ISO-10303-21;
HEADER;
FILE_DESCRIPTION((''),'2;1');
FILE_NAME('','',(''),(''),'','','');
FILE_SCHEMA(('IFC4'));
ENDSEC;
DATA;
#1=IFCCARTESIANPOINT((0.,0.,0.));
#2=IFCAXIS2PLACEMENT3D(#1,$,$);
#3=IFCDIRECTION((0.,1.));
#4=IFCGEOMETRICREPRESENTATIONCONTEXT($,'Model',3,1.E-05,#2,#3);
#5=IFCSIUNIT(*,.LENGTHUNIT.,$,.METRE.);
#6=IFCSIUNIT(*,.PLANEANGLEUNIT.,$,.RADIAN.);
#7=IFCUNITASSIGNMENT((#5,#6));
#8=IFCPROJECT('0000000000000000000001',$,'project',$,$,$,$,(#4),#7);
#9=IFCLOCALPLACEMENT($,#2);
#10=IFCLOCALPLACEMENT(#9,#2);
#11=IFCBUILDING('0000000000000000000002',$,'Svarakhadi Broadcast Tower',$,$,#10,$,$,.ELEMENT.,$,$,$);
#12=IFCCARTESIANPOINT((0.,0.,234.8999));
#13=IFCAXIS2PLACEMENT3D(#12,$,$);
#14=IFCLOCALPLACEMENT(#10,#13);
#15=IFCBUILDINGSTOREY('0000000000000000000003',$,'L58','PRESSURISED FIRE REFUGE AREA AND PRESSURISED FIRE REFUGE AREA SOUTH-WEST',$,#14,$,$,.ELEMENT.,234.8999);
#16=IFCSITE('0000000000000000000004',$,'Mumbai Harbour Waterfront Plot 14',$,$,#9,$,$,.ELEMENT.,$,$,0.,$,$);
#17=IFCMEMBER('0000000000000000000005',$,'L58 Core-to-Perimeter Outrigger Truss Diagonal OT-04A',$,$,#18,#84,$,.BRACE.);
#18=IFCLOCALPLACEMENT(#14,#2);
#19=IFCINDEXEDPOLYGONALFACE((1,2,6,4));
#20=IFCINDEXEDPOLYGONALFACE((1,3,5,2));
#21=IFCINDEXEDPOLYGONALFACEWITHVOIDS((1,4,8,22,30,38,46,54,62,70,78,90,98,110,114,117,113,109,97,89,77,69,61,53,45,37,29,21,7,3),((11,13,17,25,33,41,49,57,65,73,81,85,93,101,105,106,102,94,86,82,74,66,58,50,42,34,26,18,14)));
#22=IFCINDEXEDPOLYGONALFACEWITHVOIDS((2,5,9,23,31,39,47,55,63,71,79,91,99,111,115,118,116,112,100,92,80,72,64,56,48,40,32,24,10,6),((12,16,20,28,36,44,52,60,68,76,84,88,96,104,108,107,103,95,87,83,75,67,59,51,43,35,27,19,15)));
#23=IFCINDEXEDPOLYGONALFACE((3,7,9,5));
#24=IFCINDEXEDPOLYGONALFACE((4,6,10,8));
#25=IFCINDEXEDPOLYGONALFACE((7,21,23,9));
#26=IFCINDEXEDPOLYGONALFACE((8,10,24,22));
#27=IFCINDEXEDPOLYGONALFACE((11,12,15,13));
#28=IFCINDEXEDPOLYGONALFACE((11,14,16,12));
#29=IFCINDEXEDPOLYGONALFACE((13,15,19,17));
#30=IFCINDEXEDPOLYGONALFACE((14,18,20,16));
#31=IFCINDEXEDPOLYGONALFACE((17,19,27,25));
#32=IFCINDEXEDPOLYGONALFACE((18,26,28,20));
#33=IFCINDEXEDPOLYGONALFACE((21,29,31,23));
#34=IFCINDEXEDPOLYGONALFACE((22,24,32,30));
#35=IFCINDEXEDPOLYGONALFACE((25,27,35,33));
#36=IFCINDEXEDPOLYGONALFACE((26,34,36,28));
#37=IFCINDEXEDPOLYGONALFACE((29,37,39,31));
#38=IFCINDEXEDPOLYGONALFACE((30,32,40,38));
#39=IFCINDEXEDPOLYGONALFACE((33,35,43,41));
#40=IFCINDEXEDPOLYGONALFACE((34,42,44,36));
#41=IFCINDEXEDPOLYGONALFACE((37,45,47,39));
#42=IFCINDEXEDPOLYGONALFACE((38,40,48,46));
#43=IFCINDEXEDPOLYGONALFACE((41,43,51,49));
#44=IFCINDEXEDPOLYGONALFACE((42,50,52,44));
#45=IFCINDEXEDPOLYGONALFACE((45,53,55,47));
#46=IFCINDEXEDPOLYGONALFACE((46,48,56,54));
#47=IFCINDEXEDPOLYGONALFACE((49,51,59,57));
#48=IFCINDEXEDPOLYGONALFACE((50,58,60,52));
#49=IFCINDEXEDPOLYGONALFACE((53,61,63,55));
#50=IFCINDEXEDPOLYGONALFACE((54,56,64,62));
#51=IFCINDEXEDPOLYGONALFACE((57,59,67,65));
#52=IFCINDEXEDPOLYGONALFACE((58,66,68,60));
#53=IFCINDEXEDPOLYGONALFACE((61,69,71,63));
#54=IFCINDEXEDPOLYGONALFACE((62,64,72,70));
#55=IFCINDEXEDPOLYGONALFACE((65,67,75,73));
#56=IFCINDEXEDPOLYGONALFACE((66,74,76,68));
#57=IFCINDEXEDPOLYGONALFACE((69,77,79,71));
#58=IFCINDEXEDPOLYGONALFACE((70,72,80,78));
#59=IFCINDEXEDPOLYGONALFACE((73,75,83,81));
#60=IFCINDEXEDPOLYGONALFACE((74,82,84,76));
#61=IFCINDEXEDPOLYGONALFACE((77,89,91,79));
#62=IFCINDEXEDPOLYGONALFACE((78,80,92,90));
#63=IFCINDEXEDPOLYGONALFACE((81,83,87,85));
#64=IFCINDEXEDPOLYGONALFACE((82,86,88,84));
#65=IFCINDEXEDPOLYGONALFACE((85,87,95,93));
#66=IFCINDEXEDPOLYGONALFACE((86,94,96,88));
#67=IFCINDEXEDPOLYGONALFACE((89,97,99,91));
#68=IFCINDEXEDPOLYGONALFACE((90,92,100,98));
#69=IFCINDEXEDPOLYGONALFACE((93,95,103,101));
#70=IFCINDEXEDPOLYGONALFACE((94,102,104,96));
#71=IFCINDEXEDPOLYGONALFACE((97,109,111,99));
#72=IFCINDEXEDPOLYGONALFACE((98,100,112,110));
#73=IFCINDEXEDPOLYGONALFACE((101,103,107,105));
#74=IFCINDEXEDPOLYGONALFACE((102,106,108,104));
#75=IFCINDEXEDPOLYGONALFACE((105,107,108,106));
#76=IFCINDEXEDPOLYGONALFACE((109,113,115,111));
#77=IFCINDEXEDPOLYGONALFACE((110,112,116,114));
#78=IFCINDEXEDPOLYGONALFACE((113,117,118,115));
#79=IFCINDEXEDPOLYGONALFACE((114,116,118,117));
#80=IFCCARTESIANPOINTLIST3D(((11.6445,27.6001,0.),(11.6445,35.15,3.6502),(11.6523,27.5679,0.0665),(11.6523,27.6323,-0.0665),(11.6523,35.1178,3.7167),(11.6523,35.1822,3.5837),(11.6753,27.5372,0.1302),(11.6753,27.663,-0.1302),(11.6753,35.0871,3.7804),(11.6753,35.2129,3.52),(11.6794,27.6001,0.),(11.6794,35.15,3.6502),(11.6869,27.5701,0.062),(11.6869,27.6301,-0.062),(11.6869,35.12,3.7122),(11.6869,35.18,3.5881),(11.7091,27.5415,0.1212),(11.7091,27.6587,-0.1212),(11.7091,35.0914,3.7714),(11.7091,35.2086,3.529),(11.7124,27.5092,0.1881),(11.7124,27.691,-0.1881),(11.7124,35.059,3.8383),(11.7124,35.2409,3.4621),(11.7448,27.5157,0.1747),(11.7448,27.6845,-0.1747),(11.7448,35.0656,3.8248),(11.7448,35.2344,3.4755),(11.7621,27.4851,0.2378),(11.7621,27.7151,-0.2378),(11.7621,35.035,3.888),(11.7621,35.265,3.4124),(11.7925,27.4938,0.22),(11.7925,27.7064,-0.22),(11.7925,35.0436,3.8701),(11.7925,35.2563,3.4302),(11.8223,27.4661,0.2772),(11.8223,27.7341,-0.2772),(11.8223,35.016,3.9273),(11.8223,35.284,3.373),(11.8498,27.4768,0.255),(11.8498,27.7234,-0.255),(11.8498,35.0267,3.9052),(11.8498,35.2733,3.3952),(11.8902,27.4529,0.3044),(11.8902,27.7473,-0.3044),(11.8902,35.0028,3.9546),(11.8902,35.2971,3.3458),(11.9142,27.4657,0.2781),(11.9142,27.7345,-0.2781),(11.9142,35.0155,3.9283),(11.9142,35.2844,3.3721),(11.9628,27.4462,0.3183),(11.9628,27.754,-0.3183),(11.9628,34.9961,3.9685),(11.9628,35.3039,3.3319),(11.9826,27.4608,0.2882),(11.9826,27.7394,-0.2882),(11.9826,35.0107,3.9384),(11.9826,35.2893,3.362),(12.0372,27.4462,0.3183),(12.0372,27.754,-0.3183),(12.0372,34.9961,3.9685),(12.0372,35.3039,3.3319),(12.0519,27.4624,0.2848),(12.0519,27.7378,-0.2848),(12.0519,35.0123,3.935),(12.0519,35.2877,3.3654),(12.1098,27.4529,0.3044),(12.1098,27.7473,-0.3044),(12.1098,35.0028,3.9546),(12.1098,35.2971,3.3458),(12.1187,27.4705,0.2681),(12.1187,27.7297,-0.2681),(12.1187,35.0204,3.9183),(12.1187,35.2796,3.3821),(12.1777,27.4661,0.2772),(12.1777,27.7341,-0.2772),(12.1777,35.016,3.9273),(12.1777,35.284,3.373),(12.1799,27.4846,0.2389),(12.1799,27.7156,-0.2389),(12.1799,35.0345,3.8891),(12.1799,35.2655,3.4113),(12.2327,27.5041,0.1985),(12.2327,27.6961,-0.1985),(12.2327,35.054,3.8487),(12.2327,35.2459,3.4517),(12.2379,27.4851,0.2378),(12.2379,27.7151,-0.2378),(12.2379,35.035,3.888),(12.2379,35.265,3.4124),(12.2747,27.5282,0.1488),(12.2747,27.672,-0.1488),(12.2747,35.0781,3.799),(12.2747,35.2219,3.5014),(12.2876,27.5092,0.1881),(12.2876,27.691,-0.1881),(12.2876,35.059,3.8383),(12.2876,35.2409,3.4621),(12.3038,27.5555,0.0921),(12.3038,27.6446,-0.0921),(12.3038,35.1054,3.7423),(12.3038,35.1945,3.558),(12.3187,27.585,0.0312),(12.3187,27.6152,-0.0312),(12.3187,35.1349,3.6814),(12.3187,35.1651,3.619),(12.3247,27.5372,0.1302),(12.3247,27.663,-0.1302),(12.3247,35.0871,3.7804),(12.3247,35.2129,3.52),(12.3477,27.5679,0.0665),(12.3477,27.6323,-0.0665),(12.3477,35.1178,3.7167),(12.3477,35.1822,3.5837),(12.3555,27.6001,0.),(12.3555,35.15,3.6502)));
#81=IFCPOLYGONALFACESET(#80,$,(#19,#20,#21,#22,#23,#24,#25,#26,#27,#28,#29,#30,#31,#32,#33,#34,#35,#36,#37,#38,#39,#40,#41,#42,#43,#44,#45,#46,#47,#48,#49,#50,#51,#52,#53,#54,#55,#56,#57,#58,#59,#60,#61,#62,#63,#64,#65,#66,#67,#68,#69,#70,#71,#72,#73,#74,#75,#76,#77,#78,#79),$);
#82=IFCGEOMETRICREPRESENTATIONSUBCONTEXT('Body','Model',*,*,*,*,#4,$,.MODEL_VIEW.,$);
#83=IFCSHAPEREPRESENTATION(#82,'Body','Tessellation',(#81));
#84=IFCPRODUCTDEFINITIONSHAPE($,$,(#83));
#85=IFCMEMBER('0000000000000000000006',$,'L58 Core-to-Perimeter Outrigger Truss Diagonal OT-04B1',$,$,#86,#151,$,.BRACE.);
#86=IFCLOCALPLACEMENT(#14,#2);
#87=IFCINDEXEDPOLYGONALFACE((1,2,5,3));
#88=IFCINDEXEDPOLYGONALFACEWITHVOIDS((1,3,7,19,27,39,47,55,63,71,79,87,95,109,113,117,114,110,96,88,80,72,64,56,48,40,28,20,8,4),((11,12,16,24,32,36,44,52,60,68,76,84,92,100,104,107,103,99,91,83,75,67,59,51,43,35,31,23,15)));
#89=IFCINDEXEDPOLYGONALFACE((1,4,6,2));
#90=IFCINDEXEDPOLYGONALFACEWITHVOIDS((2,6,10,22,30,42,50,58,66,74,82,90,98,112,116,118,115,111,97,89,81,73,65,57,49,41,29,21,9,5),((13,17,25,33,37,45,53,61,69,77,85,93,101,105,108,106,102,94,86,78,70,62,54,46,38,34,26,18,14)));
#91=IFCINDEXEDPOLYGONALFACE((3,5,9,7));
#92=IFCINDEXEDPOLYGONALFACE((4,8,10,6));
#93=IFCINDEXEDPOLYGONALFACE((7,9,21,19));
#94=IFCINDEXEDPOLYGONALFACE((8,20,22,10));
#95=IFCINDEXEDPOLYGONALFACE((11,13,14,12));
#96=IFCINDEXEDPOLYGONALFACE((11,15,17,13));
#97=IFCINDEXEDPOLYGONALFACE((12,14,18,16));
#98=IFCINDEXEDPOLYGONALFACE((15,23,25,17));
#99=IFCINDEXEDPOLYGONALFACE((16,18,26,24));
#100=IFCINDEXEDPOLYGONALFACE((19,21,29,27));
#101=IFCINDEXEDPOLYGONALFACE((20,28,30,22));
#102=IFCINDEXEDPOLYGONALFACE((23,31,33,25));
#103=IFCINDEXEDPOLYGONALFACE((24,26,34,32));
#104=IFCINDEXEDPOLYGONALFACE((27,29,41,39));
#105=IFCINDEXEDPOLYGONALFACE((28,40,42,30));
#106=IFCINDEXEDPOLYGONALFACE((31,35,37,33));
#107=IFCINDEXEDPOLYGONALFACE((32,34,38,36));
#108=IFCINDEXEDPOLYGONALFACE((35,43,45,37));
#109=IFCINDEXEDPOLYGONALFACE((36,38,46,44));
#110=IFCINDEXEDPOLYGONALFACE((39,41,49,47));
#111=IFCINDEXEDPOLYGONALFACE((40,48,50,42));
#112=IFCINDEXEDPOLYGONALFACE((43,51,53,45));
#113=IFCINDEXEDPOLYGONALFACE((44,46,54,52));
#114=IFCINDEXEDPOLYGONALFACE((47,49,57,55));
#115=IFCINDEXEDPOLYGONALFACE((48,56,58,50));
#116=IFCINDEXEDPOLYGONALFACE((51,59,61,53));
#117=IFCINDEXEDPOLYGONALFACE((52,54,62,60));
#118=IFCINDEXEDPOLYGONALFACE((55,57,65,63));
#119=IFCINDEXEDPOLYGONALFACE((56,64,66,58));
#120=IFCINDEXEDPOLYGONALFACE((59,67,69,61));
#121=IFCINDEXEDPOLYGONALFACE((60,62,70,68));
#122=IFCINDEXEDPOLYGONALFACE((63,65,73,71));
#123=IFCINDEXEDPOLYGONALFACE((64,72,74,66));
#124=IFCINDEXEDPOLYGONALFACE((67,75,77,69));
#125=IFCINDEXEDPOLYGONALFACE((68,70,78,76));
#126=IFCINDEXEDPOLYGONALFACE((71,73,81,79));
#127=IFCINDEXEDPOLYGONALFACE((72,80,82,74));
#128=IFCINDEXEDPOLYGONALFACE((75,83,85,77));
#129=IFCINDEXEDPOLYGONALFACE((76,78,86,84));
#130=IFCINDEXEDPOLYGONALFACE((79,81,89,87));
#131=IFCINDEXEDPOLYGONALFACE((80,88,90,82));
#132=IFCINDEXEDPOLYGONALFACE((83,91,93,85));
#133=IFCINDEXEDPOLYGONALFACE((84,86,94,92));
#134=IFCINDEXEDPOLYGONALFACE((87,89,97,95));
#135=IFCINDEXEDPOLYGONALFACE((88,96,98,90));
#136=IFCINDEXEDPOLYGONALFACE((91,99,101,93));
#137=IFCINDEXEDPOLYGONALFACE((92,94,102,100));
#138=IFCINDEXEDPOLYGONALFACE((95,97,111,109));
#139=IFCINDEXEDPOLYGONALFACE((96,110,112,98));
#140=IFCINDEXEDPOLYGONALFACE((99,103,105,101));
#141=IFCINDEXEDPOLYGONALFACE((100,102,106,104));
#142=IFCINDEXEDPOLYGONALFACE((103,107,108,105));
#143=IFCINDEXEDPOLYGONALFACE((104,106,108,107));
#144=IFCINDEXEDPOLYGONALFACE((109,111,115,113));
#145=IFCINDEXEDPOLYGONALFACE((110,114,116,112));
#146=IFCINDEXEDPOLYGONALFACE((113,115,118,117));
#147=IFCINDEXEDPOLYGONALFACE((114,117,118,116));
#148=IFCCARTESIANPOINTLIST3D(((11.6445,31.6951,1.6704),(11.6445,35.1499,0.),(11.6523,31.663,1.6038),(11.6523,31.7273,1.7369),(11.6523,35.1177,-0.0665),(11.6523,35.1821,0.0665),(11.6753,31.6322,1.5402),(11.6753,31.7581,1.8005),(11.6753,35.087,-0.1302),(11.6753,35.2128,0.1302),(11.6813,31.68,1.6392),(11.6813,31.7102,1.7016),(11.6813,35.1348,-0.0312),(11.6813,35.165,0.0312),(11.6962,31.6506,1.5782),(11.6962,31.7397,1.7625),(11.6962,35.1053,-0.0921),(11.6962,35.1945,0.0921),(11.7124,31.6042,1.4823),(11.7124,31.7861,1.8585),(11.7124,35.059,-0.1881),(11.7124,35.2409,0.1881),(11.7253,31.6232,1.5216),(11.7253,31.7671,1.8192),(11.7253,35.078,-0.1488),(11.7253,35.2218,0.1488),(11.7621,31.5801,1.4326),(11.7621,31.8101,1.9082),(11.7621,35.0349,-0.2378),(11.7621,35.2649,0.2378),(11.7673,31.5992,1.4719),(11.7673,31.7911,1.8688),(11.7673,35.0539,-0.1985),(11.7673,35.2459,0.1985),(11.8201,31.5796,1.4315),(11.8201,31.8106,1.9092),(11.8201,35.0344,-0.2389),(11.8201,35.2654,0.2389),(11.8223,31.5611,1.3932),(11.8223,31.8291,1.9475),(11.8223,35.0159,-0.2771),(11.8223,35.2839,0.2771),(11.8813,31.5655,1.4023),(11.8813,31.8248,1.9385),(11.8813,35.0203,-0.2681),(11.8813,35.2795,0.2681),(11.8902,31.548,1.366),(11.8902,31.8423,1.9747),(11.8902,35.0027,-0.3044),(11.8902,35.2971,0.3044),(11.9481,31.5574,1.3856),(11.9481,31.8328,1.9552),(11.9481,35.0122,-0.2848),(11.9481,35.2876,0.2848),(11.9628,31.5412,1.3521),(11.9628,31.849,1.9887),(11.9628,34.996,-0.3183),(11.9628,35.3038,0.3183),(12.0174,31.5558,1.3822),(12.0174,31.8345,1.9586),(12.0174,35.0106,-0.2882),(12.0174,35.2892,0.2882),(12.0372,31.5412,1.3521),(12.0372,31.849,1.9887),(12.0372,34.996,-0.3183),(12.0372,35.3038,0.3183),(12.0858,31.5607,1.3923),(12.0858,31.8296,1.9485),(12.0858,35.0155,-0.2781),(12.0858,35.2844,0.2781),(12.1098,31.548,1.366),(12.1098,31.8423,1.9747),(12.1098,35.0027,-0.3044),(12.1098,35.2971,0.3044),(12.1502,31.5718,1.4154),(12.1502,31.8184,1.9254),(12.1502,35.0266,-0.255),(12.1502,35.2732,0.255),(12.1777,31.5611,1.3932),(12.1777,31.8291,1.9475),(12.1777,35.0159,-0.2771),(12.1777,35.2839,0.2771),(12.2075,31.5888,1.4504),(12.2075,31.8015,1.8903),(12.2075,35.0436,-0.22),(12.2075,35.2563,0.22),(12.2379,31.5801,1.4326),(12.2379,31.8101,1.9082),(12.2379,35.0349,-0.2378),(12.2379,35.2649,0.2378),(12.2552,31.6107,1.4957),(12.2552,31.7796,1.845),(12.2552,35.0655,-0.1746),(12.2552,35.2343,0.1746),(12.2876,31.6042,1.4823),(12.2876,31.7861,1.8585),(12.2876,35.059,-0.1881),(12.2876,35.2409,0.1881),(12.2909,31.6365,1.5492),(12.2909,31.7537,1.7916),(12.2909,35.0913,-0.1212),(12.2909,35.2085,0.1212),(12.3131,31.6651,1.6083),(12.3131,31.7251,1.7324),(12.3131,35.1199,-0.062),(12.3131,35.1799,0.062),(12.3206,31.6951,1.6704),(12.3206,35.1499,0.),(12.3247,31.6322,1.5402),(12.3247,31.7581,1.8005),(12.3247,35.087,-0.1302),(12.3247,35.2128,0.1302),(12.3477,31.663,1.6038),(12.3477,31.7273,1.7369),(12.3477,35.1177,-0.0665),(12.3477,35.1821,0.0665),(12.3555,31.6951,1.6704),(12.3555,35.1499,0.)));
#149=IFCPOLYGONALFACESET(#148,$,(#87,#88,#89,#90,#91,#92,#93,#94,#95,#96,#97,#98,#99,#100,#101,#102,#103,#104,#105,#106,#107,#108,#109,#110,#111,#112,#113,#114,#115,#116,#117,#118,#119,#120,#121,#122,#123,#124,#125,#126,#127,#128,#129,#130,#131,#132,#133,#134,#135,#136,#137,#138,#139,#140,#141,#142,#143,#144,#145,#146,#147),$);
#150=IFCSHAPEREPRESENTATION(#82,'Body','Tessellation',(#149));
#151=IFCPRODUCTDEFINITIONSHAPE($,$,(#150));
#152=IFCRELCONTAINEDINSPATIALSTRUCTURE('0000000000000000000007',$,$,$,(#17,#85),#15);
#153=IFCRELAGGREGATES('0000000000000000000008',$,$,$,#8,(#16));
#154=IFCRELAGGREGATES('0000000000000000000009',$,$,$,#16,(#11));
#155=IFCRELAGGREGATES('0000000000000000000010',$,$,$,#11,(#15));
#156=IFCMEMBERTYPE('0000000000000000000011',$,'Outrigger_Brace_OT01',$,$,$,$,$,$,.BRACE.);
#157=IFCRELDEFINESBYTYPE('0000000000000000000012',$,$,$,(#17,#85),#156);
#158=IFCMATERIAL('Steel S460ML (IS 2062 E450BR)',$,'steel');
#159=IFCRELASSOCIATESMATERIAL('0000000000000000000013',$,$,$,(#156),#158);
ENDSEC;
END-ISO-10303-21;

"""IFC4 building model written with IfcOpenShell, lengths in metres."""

from ifc_helpers import new_model, si_unit, direction, frame, origin, origin_2d, place, context, subcontext, project, spatial, hollow_circle, extrude, material, material_profile, profile_set, type_object, element, save


model = new_model("IFC4")

# Units and contexts
model_context = context("Model", 3, precision=1e-05, world=origin(), true_north=direction((0.0, 1.0)))
body_context = subcontext(model_context, "Body", "Model", "MODEL_VIEW")
ifc_project = project(units=[si_unit("LENGTHUNIT", "METRE"), si_unit("PLANEANGLEUNIT", "RADIAN")], contexts=[model_context])

# Site, building, storey
site_placement = place(None, origin())
site = spatial("IfcSite", under=ifc_project, at=site_placement, Name="Mumbai Harbour Waterfront Plot 14", CompositionType="ELEMENT", RefElevation=0.0)
building_placement = place(site_placement, origin())
building = spatial("IfcBuilding", under=site, at=building_placement, Name="Svarakhadi Broadcast Tower", CompositionType="ELEMENT")
storey_placement = place(building_placement, frame((0.0, 0.0, 234.8999)))
storey = spatial("IfcBuildingStorey", under=building, at=storey_placement, Name="L58", Description="PRESSURISED FIRE REFUGE AREA AND PRESSURISED FIRE REFUGE AREA SOUTH-WEST", CompositionType="ELEMENT", Elevation=234.8999)

# Shared definitions
ifc_material_1 = material(Name="Steel S460ML (IS 2062 E450BR)", Category="steel")

# Members
ifc_material_profile_1 = material_profile(ifc_material_1, hollow_circle(Radius=0.3555, WallThickness=0.0349, at=origin_2d()), Name="CHS 711x35")
ifc_profile_set_1 = profile_set([ifc_material_profile_1], Name="Steel S460ML (IS 2062 E450BR)")
member_type_1 = type_object("IfcMemberType", Name="Outrigger_Brace_OT01", PredefinedType="BRACE", material=ifc_profile_set_1)
member_1_placement = place(storey_placement, frame((12.0, 27.6001, 0.0), z_axis=(0.0, 0.900299, 0.435272), x_axis=(-1.0, 0.0, 0.0)))
element("IfcMember", 1, at=member_1_placement, inside=storey, type_object=member_type_1, Name="L58 Core-to-Perimeter Outrigger Truss Diagonal OT-04A", PredefinedType="BRACE", context=body_context, shape_type="SweptSolid", body=[
    extrude(hollow_circle(Radius=0.3555, WallThickness=0.0349, at=origin_2d()), origin(), (0.0, 0.0, 1.0), 8.386),
])
for number, where, z_axis, x_axis, name in (
    (2, (12.0, 35.1499, 0.0), (0.0, -0.90029, 0.43529), (1.0, 0.0, 0.0), "L58 Core-to-Perimeter Outrigger Truss Diagonal OT-04B1"),
):
    element("IfcMember", number, at=place(storey_placement, frame(where, z_axis=z_axis, x_axis=x_axis)), inside=storey, type_object=member_type_1, Name=name, PredefinedType="BRACE", context=body_context, shape_type="SweptSolid", body=[
        extrude(hollow_circle(Radius=0.3555, WallThickness=0.0349, at=origin_2d()), origin(), (0.0, 0.0, 1.0), 3.8374),
    ])

save(model, "model.ifc")
